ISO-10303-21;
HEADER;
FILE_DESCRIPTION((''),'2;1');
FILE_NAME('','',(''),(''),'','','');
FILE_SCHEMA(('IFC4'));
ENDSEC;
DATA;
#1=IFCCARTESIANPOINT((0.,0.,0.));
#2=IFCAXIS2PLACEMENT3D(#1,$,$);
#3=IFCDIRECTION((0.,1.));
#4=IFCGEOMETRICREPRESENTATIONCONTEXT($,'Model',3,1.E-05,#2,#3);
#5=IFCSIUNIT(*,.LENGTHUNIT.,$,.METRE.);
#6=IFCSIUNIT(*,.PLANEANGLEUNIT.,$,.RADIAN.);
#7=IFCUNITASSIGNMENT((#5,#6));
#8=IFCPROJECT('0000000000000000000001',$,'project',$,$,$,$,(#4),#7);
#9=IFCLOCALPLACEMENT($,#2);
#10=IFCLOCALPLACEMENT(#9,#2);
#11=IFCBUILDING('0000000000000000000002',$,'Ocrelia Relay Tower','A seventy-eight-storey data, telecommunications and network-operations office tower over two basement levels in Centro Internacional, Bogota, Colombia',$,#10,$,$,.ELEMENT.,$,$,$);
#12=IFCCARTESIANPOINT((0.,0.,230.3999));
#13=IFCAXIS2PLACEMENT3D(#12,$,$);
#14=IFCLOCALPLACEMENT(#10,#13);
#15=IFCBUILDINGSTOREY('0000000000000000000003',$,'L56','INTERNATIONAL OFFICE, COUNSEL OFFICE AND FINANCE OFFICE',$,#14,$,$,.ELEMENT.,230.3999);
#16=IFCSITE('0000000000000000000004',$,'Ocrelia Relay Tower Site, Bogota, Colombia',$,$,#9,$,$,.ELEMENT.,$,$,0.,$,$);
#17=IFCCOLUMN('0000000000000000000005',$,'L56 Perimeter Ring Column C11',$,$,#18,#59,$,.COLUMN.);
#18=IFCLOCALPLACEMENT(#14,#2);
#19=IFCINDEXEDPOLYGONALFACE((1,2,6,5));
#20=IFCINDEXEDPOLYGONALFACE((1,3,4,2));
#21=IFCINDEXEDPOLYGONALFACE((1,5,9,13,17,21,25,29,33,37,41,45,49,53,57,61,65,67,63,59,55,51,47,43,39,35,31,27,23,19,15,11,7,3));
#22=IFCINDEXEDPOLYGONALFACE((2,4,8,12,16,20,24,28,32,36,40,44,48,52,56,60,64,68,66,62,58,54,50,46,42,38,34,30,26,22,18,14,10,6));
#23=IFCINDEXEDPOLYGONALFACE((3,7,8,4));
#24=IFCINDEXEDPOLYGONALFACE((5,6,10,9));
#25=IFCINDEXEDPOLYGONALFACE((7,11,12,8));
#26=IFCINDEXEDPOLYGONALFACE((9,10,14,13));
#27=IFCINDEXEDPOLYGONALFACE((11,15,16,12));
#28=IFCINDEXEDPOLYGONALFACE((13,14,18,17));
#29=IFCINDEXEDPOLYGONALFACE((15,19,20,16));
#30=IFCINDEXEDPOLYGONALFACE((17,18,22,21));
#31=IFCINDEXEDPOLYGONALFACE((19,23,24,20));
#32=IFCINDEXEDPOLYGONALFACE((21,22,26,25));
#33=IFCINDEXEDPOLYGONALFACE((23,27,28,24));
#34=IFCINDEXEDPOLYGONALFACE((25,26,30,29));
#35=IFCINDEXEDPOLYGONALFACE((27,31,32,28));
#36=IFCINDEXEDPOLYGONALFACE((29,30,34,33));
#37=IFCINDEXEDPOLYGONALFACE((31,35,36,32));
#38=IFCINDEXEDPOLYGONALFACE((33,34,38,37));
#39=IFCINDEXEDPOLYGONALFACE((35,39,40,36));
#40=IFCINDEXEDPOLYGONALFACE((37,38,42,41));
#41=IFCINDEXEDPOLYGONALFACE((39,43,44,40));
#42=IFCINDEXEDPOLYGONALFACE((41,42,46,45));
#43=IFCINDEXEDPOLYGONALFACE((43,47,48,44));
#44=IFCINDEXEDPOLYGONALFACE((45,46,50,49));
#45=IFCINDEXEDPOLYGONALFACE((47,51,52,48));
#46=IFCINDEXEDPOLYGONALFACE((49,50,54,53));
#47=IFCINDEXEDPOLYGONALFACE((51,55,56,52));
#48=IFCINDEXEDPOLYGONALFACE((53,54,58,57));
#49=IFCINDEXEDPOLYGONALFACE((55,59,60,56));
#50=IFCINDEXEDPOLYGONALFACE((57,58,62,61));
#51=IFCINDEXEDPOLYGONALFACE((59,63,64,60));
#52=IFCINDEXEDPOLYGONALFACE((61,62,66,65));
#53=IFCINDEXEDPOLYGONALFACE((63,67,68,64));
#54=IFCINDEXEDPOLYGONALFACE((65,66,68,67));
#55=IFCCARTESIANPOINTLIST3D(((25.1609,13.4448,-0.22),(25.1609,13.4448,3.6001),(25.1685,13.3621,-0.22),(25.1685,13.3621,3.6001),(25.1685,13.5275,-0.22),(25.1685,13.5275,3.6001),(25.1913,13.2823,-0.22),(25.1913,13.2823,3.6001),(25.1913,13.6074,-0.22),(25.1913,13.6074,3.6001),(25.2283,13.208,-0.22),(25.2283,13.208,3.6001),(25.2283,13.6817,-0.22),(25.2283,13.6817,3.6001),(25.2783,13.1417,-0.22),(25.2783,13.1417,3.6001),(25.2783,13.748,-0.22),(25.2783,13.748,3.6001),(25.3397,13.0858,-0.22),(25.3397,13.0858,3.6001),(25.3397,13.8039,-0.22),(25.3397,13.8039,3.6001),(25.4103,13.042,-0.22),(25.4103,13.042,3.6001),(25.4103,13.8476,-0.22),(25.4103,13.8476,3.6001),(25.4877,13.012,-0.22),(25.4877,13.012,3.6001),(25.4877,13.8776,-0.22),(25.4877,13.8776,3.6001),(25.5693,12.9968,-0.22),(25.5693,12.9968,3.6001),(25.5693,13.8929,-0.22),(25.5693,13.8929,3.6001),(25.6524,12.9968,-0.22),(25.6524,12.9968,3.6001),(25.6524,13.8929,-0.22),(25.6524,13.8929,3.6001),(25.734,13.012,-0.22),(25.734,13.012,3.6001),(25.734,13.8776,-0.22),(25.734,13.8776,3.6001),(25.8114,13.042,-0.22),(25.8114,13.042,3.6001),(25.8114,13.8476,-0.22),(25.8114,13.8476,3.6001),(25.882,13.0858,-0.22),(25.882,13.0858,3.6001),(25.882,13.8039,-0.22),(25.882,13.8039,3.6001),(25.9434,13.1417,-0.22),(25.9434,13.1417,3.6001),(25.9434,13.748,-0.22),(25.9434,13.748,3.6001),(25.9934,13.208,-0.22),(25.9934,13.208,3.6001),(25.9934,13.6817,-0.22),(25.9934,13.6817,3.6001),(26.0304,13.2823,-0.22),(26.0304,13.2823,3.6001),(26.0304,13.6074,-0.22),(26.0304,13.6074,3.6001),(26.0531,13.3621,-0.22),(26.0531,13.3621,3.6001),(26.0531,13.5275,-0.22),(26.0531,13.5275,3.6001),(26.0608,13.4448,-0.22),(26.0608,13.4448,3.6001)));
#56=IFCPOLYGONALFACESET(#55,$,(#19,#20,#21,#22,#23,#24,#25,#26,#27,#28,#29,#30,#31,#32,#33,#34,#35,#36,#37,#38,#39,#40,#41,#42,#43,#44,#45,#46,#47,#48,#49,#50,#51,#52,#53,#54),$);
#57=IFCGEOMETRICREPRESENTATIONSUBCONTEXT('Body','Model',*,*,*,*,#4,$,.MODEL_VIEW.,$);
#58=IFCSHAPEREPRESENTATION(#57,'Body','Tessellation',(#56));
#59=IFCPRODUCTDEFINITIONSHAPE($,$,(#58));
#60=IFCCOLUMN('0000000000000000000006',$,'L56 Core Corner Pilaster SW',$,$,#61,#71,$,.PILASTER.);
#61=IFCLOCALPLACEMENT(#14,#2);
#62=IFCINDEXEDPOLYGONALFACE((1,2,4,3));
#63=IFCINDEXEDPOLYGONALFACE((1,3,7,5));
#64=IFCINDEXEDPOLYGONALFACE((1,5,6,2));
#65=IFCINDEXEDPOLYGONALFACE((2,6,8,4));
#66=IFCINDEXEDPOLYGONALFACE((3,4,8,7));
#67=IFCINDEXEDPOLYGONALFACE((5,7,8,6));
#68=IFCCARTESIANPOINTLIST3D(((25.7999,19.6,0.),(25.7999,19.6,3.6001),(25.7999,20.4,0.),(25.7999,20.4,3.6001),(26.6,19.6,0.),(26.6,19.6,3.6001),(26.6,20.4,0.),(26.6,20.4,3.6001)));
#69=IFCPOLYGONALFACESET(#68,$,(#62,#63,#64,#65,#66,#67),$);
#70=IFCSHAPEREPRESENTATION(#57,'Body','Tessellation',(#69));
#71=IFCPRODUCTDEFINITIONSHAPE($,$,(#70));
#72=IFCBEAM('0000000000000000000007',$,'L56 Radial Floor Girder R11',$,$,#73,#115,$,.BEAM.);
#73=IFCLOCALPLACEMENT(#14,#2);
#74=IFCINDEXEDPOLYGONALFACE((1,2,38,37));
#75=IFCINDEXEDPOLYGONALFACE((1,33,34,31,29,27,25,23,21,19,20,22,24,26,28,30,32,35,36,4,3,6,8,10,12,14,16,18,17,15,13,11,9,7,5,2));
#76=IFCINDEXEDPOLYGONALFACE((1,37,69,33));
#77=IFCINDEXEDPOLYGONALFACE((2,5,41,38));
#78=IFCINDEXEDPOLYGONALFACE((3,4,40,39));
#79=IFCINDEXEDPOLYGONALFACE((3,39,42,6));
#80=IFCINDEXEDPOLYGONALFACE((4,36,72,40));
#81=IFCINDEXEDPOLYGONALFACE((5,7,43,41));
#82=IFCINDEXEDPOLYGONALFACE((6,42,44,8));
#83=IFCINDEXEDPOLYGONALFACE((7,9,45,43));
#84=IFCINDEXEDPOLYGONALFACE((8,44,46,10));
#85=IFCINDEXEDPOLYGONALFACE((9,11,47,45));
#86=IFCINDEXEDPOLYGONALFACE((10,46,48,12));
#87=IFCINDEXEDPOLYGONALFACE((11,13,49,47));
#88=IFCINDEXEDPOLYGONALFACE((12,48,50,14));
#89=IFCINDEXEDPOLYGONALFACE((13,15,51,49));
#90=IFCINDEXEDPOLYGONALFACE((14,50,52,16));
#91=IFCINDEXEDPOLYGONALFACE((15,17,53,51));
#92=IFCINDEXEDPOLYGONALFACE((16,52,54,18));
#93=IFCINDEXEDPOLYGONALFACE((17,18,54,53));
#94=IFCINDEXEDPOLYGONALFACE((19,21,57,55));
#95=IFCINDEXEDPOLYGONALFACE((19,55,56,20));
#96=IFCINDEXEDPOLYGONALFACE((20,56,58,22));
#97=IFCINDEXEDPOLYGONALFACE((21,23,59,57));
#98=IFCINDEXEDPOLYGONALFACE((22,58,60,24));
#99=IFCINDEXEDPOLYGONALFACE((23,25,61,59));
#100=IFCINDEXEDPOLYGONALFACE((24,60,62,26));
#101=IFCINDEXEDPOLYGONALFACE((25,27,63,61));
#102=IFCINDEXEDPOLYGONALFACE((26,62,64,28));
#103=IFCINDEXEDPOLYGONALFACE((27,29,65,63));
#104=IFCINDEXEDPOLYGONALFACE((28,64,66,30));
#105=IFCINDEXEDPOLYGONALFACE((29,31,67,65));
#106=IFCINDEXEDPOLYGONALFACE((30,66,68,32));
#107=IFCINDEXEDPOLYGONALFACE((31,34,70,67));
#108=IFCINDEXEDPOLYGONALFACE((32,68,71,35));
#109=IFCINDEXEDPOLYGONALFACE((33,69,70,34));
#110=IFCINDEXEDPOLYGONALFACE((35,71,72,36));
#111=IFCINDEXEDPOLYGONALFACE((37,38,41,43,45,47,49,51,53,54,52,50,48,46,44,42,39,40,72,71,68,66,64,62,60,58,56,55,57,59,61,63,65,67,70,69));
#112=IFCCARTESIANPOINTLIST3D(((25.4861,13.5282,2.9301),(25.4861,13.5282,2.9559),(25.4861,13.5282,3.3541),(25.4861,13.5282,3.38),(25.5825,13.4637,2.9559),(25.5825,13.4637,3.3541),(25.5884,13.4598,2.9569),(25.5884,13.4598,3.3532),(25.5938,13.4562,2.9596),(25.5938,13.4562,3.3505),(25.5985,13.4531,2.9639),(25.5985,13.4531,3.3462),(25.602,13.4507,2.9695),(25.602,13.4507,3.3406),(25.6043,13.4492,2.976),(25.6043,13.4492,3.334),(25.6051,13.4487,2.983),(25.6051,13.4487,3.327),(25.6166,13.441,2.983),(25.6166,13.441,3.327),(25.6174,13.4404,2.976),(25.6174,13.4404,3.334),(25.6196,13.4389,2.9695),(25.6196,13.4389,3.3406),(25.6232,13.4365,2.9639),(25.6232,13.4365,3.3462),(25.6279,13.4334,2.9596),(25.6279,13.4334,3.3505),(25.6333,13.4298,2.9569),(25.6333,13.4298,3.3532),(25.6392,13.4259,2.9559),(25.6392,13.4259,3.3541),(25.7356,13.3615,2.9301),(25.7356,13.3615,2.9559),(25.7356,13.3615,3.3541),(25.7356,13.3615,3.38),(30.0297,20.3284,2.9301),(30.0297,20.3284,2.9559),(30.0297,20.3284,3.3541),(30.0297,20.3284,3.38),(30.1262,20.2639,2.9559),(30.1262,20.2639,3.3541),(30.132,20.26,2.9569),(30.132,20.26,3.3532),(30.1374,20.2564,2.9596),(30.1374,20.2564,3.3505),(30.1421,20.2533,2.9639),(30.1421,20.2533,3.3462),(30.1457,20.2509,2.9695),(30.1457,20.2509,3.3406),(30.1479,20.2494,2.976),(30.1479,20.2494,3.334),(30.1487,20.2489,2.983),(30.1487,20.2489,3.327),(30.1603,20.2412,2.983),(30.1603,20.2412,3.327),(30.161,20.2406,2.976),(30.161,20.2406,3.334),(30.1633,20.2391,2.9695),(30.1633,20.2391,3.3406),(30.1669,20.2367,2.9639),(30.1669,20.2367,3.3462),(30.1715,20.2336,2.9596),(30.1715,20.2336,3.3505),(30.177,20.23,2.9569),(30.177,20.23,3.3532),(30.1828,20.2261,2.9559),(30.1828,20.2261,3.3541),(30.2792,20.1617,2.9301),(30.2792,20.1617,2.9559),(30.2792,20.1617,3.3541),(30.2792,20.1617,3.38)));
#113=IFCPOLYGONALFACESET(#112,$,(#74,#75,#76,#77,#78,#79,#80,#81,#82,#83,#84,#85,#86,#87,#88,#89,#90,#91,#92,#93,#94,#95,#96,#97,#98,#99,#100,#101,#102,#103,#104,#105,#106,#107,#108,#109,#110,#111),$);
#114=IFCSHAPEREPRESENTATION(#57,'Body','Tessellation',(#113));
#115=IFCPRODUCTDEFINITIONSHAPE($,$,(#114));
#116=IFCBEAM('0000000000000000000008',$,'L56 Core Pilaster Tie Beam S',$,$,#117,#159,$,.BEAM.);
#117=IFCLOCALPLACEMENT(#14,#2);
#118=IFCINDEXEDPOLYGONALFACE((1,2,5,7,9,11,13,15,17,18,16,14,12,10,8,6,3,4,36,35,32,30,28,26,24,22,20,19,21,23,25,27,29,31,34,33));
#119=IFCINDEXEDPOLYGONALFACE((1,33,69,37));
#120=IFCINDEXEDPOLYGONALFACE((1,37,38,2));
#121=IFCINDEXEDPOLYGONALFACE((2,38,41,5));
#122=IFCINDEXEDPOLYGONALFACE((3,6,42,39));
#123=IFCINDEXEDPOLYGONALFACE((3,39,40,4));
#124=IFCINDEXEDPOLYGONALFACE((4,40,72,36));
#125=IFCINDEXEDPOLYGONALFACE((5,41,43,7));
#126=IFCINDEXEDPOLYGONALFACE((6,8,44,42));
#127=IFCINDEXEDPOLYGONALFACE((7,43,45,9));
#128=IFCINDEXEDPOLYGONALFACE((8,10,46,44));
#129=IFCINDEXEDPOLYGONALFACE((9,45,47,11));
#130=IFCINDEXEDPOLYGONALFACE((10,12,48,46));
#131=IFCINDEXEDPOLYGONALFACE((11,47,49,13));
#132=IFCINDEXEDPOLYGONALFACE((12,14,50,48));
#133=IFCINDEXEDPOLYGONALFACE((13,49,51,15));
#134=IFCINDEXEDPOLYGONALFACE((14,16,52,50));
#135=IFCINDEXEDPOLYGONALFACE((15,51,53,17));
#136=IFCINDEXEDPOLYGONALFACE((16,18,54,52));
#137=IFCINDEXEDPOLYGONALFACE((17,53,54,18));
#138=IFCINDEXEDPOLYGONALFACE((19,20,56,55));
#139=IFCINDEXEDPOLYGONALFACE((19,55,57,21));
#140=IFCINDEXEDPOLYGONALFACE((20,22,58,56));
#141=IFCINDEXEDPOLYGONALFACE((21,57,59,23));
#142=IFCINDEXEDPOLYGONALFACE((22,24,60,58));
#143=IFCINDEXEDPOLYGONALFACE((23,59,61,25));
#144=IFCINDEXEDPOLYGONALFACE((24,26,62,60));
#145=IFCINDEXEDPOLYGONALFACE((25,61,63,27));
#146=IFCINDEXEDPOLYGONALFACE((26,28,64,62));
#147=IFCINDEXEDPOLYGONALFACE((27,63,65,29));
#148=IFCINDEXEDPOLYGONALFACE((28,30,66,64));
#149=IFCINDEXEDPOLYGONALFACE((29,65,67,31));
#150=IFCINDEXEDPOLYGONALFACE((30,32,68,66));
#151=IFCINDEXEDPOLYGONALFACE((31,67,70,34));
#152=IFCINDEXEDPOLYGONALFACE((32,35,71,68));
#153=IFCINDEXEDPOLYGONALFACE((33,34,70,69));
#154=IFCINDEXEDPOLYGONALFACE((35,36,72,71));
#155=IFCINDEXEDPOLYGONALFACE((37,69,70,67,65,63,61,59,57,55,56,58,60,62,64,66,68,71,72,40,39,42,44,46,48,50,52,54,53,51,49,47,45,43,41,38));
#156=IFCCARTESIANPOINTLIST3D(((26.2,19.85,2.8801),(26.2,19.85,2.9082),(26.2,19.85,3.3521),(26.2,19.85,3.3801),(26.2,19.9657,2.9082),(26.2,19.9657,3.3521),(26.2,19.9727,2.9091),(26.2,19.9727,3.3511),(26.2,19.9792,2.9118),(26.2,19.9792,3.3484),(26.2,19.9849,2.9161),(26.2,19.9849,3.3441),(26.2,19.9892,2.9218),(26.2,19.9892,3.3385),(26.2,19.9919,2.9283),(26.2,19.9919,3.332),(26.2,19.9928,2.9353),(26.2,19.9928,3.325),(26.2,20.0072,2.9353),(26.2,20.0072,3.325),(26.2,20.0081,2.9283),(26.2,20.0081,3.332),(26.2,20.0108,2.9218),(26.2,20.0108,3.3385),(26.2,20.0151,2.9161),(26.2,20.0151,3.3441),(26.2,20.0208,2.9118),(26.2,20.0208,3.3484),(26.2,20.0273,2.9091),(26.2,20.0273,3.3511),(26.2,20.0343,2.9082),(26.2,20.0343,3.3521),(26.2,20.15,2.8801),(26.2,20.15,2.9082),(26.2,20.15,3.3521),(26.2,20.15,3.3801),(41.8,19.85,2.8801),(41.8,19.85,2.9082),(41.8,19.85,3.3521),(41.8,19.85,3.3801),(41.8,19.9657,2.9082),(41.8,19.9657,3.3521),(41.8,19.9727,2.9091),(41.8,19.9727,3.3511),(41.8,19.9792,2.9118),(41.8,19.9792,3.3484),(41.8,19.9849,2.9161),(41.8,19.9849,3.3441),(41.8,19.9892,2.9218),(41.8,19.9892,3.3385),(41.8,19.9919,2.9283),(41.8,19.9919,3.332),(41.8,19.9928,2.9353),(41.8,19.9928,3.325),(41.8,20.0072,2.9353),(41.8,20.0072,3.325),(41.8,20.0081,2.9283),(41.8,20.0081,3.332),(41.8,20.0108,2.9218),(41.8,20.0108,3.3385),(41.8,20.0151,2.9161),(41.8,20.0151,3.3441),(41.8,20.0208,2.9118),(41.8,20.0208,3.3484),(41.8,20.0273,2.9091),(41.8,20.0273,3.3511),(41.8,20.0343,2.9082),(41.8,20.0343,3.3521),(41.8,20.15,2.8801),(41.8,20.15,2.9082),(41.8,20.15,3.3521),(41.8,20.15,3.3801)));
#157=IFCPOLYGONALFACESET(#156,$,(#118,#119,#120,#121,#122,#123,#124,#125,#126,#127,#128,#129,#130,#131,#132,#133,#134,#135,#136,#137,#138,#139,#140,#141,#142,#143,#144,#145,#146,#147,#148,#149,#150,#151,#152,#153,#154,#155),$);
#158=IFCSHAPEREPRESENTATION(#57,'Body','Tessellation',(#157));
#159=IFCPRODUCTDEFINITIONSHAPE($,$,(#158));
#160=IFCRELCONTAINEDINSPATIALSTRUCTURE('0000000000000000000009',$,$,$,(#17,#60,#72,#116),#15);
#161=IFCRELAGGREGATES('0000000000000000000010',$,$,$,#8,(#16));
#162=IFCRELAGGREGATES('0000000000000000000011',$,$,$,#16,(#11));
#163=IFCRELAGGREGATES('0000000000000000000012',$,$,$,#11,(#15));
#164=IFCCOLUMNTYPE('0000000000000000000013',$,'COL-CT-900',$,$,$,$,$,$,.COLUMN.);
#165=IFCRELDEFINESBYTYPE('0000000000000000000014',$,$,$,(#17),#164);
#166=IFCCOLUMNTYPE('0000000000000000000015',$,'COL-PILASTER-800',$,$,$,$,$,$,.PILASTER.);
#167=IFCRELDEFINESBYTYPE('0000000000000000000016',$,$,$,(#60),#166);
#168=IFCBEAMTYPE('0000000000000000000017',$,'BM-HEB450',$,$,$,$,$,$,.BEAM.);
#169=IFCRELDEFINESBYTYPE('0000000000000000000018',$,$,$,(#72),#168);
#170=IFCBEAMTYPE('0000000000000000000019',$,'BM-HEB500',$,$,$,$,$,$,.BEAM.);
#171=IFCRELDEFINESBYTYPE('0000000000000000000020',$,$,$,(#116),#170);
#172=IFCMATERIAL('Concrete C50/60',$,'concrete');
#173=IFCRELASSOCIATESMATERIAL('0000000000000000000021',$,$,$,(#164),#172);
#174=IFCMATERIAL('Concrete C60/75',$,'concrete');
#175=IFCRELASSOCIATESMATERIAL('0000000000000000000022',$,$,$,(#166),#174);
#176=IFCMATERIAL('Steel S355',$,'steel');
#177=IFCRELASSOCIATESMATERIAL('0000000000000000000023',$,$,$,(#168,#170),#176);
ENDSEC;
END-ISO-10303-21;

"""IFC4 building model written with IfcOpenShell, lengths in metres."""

from ifc_helpers import new_model, si_unit, direction, frame, origin, origin_2d, place, context, subcontext, project, spatial, rectangle, circle, i_section, extrude, material, material_profile, profile_set, type_object, element, save


model = new_model("IFC4")

# Units and contexts
model_context = context("Model", 3, precision=1e-05, world=origin(), true_north=direction((0.0, 1.0)))
body_context = subcontext(model_context, "Body", "Model", "MODEL_VIEW")
ifc_project = project(units=[si_unit("LENGTHUNIT", "METRE"), si_unit("PLANEANGLEUNIT", "RADIAN")], contexts=[model_context])

# Site, building, storey
site_placement = place(None, origin())
site = spatial("IfcSite", under=ifc_project, at=site_placement, Name="Ocrelia Relay Tower Site, Bogota, Colombia", CompositionType="ELEMENT", RefElevation=0.0)
building_placement = place(site_placement, origin())
building = spatial("IfcBuilding", under=site, at=building_placement, Name="Ocrelia Relay Tower", Description="A seventy-eight-storey data, telecommunications and network-operations office tower over two basement levels in Centro Internacional, Bogota, Colombia", CompositionType="ELEMENT")
storey_placement = place(building_placement, frame((0.0, 0.0, 230.3999)))
storey = spatial("IfcBuildingStorey", under=building, at=storey_placement, Name="L56", Description="INTERNATIONAL OFFICE, COUNSEL OFFICE AND FINANCE OFFICE", CompositionType="ELEMENT", Elevation=230.3999)

# Columns
ifc_material_1 = material(Name="Concrete C50/60", Category="concrete")
ifc_material_profile_1 = material_profile(ifc_material_1, circle(Radius=0.45, at=origin_2d()), Name="RC-CIR-900")
ifc_profile_set_1 = profile_set([ifc_material_profile_1], Name="Concrete C50/60")
column_type_1 = type_object("IfcColumnType", Name="COL-CT-900", PredefinedType="COLUMN", material=ifc_profile_set_1)
column_1_placement = place(storey_placement, frame((25.6108, 13.4448, -0.22), z_axis=(0.0, 0.0, 1.0), x_axis=(1.0, 0.0, 0.0)))
element("IfcColumn", 1, at=column_1_placement, inside=storey, type_object=column_type_1, Name="L56 Perimeter Ring Column C11", PredefinedType="COLUMN", context=body_context, shape_type="SweptSolid", body=[
    extrude(circle(Radius=0.45, at=origin_2d()), origin(), (0.0, 0.0, 1.0), 3.8201),
])
ifc_material_2 = material(Name="Concrete C60/75", Category="concrete")
ifc_material_profile_2 = material_profile(ifc_material_2, rectangle(XDim=0.8, YDim=0.8, at=origin_2d()), Name="RC-COL-800x800")
ifc_profile_set_2 = profile_set([ifc_material_profile_2], Name="Concrete C60/75")
column_type_2 = type_object("IfcColumnType", Name="COL-PILASTER-800", PredefinedType="PILASTER", material=ifc_profile_set_2)
column_2_placement = place(storey_placement, frame((26.2, 20.0, 0.0), z_axis=(0.0, 0.0, 1.0), x_axis=(1.0, 0.0, 0.0)))
element("IfcColumn", 2, at=column_2_placement, inside=storey, type_object=column_type_2, Name="L56 Core Corner Pilaster SW", PredefinedType="PILASTER", context=body_context, shape_type="SweptSolid", body=[
    extrude(rectangle(XDim=0.8, YDim=0.8, at=origin_2d()), origin(), (0.0, 0.0, 1.0), 3.6001),
])

# Beams
ifc_material_3 = material(Name="Steel S355", Category="steel")
ifc_material_profile_3 = material_profile(ifc_material_3, i_section(OverallWidth=0.3, OverallDepth=0.45, WebThickness=0.0139, FlangeThickness=0.0259, FilletRadius=0.0271, at=origin_2d()), Name="HEB 450")
ifc_profile_set_3 = profile_set([ifc_material_profile_3], Name="Steel S355")
beam_type_1 = type_object("IfcBeamType", Name="BM-HEB450", PredefinedType="BEAM", material=ifc_profile_set_3)
beam_1_placement = place(storey_placement, frame((25.6108, 13.4448, 3.155), z_axis=(0.555561, 0.831476, 0.0), x_axis=(-0.831476, 0.555561, 0.0)))
element("IfcBeam", 3, at=beam_1_placement, inside=storey, type_object=beam_type_1, Name="L56 Radial Floor Girder R11", PredefinedType="BEAM", context=body_context, shape_type="SweptSolid", body=[
    extrude(i_section(OverallWidth=0.3, OverallDepth=0.45, WebThickness=0.0139, FlangeThickness=0.0259, FilletRadius=0.0271, at=origin_2d()), origin(), (0.0, 0.0, 1.0), 8.1785),
])
ifc_material_profile_4 = material_profile(ifc_material_3, i_section(OverallWidth=0.3, OverallDepth=0.5, WebThickness=0.0144, FlangeThickness=0.0281, FilletRadius=0.0271, at=origin_2d()), Name="HEB 500")
ifc_profile_set_4 = profile_set([ifc_material_profile_4], Name="Steel S355")
beam_type_2 = type_object("IfcBeamType", Name="BM-HEB500", PredefinedType="BEAM", material=ifc_profile_set_4)
beam_2_placement = place(storey_placement, frame((26.2, 20.0, 3.1301), z_axis=(1.0, 0.0, 0.0), x_axis=(0.0, 1.0, 0.0)))
element("IfcBeam", 4, at=beam_2_placement, inside=storey, type_object=beam_type_2, Name="L56 Core Pilaster Tie Beam S", PredefinedType="BEAM", context=body_context, shape_type="SweptSolid", body=[
    extrude(i_section(OverallWidth=0.3, OverallDepth=0.5, WebThickness=0.0144, FlangeThickness=0.0281, FilletRadius=0.0271, at=origin_2d()), origin(), (0.0, 0.0, 1.0), 15.6001),
])

save(model, "model.ifc")
